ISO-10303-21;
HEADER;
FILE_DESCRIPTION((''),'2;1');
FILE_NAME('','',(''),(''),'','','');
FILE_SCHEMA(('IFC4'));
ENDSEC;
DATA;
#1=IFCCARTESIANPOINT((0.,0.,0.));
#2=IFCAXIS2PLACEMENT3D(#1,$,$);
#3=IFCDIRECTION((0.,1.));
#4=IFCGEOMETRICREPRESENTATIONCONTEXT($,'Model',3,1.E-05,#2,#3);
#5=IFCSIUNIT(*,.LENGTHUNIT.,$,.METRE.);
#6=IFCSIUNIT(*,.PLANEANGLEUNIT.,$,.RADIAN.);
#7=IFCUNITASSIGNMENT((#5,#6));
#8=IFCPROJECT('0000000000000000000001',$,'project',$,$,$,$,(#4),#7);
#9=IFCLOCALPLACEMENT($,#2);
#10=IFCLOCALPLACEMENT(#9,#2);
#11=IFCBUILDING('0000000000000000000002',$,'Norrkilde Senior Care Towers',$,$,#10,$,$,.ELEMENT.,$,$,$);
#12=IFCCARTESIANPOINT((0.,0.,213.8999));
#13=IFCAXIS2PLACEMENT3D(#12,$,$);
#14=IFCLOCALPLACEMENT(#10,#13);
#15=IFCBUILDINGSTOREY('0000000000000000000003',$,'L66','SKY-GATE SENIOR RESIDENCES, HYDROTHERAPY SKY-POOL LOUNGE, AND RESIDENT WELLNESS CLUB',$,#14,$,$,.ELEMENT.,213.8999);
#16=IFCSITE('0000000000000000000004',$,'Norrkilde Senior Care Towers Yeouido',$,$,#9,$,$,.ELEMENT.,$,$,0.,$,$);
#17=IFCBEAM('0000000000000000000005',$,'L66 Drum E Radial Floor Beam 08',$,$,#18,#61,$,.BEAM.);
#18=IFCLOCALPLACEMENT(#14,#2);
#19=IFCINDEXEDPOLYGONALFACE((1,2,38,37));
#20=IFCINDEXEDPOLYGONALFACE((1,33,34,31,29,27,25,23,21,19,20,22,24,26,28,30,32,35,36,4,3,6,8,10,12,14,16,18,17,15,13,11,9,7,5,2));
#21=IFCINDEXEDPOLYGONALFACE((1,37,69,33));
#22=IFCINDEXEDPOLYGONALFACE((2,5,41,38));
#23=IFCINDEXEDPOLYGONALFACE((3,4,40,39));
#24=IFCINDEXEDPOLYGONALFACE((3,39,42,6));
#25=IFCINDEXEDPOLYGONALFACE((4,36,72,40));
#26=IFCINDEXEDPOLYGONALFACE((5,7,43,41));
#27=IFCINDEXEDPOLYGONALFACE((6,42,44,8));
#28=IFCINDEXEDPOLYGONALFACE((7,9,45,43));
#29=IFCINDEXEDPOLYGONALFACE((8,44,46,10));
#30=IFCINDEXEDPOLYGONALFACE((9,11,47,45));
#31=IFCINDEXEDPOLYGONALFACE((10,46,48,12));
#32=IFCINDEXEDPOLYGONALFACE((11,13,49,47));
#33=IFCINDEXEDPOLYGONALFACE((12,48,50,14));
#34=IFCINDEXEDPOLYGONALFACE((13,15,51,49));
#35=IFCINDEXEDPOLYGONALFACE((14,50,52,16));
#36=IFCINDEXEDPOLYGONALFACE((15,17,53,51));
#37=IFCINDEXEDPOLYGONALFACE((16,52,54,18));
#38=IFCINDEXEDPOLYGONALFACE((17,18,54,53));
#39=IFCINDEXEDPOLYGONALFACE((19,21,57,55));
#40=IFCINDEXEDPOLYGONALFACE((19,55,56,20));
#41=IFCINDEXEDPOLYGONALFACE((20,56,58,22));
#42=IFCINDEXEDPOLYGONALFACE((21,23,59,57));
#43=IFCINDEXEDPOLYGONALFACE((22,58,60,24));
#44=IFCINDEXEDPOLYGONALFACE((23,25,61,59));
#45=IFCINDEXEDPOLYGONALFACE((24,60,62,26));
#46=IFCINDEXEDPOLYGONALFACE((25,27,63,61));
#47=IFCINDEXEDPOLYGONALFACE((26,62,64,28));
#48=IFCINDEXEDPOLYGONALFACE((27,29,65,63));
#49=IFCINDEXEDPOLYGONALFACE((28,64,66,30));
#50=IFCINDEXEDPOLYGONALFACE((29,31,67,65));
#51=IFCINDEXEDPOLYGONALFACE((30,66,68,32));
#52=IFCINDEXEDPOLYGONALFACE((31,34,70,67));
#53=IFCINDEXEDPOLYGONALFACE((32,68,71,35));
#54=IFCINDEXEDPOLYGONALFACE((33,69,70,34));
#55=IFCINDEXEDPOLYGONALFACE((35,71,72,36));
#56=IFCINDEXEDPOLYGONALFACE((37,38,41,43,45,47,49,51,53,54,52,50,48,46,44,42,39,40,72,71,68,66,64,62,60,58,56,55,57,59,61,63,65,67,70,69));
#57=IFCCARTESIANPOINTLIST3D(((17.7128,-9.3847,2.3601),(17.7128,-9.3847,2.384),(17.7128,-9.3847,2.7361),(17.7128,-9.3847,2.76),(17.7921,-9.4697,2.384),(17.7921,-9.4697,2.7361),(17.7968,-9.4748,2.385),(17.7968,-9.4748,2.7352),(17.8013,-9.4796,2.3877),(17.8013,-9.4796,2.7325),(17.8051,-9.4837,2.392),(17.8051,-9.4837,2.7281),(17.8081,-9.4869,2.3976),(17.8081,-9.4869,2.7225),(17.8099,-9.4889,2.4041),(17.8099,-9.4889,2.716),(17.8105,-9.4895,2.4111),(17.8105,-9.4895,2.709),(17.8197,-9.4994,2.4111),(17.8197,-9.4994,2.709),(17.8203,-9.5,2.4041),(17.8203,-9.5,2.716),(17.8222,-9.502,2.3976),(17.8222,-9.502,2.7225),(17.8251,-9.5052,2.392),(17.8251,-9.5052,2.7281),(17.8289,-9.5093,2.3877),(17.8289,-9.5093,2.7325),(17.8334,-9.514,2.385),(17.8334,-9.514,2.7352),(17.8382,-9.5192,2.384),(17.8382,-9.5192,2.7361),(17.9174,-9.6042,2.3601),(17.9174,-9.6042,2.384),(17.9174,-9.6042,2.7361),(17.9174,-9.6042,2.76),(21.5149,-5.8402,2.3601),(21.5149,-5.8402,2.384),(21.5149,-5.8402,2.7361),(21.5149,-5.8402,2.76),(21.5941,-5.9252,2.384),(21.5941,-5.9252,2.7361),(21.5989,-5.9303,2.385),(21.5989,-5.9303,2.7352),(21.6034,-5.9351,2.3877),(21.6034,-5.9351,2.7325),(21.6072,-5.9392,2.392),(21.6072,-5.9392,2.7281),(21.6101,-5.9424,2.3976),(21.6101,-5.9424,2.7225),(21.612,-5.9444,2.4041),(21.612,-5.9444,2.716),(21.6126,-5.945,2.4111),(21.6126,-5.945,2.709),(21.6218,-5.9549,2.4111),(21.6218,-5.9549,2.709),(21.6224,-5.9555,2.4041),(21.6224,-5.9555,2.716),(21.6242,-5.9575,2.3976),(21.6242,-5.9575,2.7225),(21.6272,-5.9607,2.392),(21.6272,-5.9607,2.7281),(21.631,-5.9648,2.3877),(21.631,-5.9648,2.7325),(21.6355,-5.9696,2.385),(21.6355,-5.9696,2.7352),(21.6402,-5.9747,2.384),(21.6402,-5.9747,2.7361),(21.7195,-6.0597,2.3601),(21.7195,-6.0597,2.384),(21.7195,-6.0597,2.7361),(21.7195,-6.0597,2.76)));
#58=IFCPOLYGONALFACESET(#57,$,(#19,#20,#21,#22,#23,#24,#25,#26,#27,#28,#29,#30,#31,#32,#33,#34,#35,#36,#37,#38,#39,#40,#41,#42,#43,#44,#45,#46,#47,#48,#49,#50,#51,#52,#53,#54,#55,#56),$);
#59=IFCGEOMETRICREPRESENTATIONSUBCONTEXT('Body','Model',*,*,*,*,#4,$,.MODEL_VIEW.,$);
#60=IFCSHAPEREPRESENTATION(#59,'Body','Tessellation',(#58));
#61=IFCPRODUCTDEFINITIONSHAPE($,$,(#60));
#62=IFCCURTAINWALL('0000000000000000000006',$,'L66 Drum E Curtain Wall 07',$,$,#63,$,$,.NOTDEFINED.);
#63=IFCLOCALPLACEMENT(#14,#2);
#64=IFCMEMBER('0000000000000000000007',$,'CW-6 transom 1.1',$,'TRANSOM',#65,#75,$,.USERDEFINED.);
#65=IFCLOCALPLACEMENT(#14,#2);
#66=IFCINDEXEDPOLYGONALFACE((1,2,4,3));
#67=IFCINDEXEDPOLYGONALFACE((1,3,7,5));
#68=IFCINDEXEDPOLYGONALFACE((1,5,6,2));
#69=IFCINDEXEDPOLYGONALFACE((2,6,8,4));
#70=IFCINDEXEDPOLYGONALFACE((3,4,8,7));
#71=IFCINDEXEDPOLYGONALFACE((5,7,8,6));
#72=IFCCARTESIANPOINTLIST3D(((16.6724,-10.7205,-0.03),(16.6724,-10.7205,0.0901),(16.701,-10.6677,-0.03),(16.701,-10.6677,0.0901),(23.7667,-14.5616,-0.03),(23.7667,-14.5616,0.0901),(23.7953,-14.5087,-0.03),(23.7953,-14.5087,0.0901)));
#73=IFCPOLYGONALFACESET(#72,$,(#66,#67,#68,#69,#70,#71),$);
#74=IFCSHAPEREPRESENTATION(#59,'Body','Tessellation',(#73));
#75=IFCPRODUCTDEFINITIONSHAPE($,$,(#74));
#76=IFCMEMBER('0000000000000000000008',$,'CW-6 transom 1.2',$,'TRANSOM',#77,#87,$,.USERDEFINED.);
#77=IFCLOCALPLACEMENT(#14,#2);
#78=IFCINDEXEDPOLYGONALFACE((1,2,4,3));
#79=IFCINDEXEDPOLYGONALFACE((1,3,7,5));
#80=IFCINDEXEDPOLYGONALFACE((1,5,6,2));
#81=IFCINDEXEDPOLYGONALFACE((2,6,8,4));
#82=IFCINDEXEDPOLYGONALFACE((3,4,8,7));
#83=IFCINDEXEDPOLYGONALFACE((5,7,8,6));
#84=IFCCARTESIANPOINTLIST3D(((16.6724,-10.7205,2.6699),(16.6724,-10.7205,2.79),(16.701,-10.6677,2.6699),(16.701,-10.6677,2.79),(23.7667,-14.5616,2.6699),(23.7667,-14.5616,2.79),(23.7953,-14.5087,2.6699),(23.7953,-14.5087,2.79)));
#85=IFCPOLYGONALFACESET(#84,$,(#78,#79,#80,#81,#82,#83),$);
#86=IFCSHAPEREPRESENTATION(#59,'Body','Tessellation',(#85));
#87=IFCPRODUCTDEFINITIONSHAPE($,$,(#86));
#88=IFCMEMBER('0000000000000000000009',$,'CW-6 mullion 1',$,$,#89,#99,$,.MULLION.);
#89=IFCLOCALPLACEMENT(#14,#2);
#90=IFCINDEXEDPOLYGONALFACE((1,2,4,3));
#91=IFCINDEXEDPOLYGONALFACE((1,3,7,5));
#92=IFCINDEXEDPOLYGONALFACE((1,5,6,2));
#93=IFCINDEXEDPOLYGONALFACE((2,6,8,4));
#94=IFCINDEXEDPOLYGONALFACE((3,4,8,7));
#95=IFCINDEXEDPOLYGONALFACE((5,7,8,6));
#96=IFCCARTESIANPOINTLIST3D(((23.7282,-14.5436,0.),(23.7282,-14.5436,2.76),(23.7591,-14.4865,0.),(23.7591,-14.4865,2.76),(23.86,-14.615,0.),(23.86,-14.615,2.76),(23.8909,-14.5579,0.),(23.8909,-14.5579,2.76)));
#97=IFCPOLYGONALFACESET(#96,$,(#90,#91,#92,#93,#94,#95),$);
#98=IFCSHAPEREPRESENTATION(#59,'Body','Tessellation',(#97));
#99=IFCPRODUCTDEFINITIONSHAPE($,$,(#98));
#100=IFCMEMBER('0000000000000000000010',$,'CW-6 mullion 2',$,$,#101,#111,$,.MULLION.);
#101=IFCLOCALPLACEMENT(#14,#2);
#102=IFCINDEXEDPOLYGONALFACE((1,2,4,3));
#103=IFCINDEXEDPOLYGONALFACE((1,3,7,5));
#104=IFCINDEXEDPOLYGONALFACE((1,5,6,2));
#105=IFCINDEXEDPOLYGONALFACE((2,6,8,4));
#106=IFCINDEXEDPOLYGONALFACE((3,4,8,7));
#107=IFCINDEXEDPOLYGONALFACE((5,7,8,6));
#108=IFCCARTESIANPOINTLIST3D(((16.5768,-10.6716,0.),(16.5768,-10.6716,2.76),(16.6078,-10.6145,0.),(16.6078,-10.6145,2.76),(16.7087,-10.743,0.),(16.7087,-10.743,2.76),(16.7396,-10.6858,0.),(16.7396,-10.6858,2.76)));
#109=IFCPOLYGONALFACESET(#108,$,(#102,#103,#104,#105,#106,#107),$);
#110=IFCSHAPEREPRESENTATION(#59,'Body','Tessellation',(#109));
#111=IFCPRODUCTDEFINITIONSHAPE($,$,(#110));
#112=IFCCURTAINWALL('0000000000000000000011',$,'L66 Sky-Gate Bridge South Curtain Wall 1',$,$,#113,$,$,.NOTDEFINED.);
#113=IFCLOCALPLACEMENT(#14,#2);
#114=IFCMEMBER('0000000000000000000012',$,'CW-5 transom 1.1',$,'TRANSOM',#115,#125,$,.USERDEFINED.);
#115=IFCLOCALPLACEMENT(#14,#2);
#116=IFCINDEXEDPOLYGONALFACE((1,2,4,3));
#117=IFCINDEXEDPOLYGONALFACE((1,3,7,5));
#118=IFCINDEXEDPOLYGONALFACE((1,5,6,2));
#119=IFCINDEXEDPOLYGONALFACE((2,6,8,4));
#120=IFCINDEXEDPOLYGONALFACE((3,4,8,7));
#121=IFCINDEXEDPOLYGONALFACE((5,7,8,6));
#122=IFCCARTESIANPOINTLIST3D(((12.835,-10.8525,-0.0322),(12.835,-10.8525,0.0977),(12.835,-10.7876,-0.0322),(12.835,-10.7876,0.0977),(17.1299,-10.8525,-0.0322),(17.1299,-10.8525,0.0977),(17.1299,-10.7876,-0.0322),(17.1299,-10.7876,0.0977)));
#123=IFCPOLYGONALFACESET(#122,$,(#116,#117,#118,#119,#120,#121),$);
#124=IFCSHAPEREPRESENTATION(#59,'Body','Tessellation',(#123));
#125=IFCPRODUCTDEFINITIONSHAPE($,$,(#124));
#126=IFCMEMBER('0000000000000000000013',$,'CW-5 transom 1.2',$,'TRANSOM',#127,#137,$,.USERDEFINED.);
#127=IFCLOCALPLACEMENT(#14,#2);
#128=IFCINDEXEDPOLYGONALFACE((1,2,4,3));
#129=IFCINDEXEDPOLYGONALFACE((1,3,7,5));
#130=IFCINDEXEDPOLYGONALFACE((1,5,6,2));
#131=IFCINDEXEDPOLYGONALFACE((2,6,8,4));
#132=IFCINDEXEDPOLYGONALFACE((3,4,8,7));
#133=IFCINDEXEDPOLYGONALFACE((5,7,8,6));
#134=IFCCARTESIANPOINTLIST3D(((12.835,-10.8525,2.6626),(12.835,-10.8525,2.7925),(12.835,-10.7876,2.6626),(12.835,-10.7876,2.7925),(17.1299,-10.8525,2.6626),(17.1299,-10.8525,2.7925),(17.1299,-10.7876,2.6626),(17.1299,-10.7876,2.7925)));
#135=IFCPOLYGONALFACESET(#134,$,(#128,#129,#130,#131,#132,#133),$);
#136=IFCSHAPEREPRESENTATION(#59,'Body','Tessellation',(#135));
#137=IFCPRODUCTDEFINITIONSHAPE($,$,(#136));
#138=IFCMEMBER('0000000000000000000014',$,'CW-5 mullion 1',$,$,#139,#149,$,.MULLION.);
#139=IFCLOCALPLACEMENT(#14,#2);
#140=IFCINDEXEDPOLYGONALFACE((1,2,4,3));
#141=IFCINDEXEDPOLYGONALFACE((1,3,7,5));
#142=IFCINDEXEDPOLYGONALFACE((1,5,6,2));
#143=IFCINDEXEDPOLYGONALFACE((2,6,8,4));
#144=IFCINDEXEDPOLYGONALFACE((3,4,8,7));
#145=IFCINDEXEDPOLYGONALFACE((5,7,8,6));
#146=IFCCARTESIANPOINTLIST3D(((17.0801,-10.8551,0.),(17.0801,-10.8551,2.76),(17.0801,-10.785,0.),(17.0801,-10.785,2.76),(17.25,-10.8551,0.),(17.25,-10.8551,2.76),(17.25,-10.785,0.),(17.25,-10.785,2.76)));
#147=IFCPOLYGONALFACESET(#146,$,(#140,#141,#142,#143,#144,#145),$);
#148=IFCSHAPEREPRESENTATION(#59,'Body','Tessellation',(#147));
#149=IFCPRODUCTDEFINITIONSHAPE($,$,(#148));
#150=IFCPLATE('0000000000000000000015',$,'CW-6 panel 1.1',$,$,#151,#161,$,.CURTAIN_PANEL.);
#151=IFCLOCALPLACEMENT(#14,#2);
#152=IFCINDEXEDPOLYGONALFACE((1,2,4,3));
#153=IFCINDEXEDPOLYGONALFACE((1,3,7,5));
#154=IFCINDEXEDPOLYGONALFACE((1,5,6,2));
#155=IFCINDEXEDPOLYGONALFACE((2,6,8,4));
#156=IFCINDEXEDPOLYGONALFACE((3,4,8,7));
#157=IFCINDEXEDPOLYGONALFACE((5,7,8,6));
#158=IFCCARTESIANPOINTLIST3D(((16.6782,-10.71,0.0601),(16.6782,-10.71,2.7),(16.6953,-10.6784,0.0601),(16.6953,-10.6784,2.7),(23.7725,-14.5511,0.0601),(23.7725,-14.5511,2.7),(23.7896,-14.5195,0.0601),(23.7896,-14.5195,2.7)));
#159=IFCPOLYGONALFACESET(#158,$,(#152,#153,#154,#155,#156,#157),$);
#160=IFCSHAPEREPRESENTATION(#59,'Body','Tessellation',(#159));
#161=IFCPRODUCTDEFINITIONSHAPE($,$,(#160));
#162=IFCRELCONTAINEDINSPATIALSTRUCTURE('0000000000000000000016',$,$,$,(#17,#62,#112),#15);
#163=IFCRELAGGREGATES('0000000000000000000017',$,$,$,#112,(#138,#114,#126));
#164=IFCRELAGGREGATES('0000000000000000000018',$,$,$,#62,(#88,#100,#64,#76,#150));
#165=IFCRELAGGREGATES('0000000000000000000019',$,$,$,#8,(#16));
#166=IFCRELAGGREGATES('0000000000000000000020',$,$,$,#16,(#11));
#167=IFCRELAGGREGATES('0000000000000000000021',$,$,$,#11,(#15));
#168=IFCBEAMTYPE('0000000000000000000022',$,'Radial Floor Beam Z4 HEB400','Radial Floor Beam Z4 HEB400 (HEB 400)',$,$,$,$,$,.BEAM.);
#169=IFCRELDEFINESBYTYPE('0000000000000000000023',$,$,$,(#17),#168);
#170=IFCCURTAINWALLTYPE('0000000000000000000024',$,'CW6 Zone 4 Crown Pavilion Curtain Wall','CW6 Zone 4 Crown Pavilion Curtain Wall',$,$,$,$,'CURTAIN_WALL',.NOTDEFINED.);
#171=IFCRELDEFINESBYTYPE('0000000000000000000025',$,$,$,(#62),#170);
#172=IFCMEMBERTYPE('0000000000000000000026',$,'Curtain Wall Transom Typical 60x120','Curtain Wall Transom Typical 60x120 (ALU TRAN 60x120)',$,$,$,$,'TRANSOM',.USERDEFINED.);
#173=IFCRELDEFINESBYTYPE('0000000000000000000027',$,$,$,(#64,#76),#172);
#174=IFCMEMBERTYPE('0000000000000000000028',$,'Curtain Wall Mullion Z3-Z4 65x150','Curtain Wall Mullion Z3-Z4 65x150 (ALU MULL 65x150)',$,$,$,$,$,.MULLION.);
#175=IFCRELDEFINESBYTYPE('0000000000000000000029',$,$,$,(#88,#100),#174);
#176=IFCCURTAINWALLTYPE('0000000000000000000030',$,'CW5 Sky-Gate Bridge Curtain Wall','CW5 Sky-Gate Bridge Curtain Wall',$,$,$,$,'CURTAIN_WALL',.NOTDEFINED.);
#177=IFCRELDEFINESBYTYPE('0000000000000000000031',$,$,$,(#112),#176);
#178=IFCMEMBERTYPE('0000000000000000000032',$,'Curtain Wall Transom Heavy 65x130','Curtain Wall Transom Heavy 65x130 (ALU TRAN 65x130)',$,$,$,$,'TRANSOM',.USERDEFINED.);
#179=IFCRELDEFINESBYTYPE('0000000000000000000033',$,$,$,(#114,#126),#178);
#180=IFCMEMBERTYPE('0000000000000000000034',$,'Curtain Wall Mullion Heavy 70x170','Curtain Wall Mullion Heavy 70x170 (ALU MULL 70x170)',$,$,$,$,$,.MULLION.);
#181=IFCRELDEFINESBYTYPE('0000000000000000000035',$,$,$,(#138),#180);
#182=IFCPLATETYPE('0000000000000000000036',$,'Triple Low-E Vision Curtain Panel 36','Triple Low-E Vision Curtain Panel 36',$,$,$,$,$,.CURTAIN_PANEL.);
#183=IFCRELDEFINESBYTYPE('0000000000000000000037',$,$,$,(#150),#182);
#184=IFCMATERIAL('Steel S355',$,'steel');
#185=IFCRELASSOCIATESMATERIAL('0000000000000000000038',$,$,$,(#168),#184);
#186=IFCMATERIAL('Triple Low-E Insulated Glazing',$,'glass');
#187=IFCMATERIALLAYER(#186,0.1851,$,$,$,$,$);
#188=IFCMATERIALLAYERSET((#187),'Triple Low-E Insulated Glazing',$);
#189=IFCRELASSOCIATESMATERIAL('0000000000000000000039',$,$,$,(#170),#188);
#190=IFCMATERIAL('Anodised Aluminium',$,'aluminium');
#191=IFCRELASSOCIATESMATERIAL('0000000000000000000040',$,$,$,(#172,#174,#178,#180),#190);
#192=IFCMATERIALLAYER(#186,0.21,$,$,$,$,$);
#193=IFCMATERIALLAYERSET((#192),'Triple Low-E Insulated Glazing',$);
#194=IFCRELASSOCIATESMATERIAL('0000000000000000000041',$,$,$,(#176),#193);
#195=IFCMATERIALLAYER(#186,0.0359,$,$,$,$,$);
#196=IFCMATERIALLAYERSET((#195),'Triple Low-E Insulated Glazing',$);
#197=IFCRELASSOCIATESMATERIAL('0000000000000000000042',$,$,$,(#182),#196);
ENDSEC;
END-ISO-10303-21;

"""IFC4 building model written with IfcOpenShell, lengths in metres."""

from ifc_helpers import new_model, si_unit, direction, frame, origin, origin_2d, place, context, subcontext, project, spatial, rectangle, i_section, extrude, source, transform, mapped, material, layer, layer_set, material_profile, profile_set, type_object, type_shapes, element, aggregate, save


model = new_model("IFC4")

# Units and contexts
model_context = context("Model", 3, precision=1e-05, world=origin(), true_north=direction((0.0, 1.0)))
body_context = subcontext(model_context, "Body", "Model", "MODEL_VIEW")
ifc_project = project(units=[si_unit("LENGTHUNIT", "METRE"), si_unit("PLANEANGLEUNIT", "RADIAN")], contexts=[model_context])

# Site, building, storey
site_placement = place(None, origin())
site = spatial("IfcSite", under=ifc_project, at=site_placement, Name="Norrkilde Senior Care Towers Yeouido", CompositionType="ELEMENT", RefElevation=0.0)
building_placement = place(site_placement, origin())
building = spatial("IfcBuilding", under=site, at=building_placement, Name="Norrkilde Senior Care Towers", CompositionType="ELEMENT")
storey_placement = place(building_placement, frame((0.0, 0.0, 213.8999)))
storey = spatial("IfcBuildingStorey", under=building, at=storey_placement, Name="L66", Description="SKY-GATE SENIOR RESIDENCES, HYDROTHERAPY SKY-POOL LOUNGE, AND RESIDENT WELLNESS CLUB", CompositionType="ELEMENT", Elevation=213.8999)

# Beam
ifc_material_1 = material(Name="Steel S355", Category="steel")
ifc_material_profile_1 = material_profile(ifc_material_1, i_section(OverallWidth=0.3, OverallDepth=0.3999, WebThickness=0.0134, FlangeThickness=0.0239, FilletRadius=0.0271, at=origin_2d()), Name="HEB 400")
ifc_profile_set_1 = profile_set([ifc_material_profile_1], Name="Steel S355")
beam_type_1 = type_object("IfcBeamType", Name="Radial Floor Beam Z4 HEB400", Description="Radial Floor Beam Z4 HEB400 (HEB 400)", PredefinedType="BEAM", material=ifc_profile_set_1)
shared_shape_1 = source(origin(), body_context, "Body", "SweptSolid", [
    extrude(i_section(OverallWidth=0.3, OverallDepth=0.3999, WebThickness=0.0134, FlangeThickness=0.0239, FilletRadius=0.0271, at=origin_2d()), origin(), (0.0, 0.0, 1.0), 5.198),
])
type_shapes(beam_type_1, [shared_shape_1])
beam_1_placement = place(storey_placement, frame((21.6172, -5.95, 2.5601), z_axis=(-0.731449, -0.681896, 0.0), x_axis=(0.681896, -0.731449, 0.0)))
element("IfcBeam", 1, at=beam_1_placement, inside=storey, type_object=beam_type_1, Name="L66 Drum E Radial Floor Beam 08", PredefinedType="BEAM", context=body_context, shape_type="MappedRepresentation", body=[
    mapped(shared_shape_1, transform((0.0, 0.0, 0.0), x_axis=(1.0, 0.0, 0.0), y_axis=(0.0, 1.0, 0.0), z_axis=(0.0, 0.0, 1.0), scale=1.0)),
])

# Curtain walls, members
ifc_material_2 = material(Name="Triple Low-E Insulated Glazing", Category="glass")
ifc_layer_1 = layer(ifc_material_2, 0.1851)
ifc_layer_set_1 = layer_set([ifc_layer_1], Name="Triple Low-E Insulated Glazing")
curtain_wall_type_1 = type_object("IfcCurtainWallType", Name="CW6 Zone 4 Crown Pavilion Curtain Wall", Description="CW6 Zone 4 Crown Pavilion Curtain Wall", ElementType="CURTAIN_WALL", PredefinedType="NOTDEFINED", material=ifc_layer_set_1)
curtain_wall_1_placement = place(storey_placement, origin())
curtain_wall_1 = element("IfcCurtainWall", 2, at=curtain_wall_1_placement, inside=storey, type_object=curtain_wall_type_1, Name="L66 Drum E Curtain Wall 07", PredefinedType="NOTDEFINED")
ifc_material_3 = material(Name="Anodised Aluminium", Category="aluminium")
ifc_material_profile_2 = material_profile(ifc_material_3, rectangle(XDim=0.0601, YDim=0.1201, at=origin_2d()), Name="ALU TRAN 60x120")
ifc_profile_set_2 = profile_set([ifc_material_profile_2], Name="Anodised Aluminium")
member_type_1 = type_object("IfcMemberType", Name="Curtain Wall Transom Typical 60x120", Description="Curtain Wall Transom Typical 60x120 (ALU TRAN 60x120)", ElementType="TRANSOM", PredefinedType="USERDEFINED", material=ifc_profile_set_2)
shared_shape_2 = source(origin(), body_context, "Body", "SweptSolid", [
    extrude(rectangle(XDim=0.0601, YDim=0.1201, at=origin_2d()), origin(), (0.0, 0.0, 1.0), 8.0674),
])
type_shapes(member_type_1, [shared_shape_2])
member_1_placement = place(storey_placement, frame((23.781, -14.5352, 0.03), z_axis=(-0.879378, 0.476125, 0.0), x_axis=(-0.476125, -0.879378, 0.0)))
member_1 = element("IfcMember", 3, at=member_1_placement, type_object=member_type_1, Name="CW-6 transom 1.1", ObjectType="TRANSOM", PredefinedType="USERDEFINED", context=body_context, shape_type="MappedRepresentation", body=[
    mapped(shared_shape_2, transform((0.0, 0.0, 0.0), x_axis=(1.0, 0.0, 0.0), y_axis=(0.0, 1.0, 0.0), z_axis=(0.0, 0.0, 1.0), scale=1.0)),
])
member_2_placement = place(storey_placement, frame((23.781, -14.5352, 2.73), z_axis=(-0.879378, 0.476125, 0.0), x_axis=(-0.476125, -0.879378, 0.0)))
member_2 = element("IfcMember", 4, at=member_2_placement, type_object=member_type_1, Name="CW-6 transom 1.2", ObjectType="TRANSOM", PredefinedType="USERDEFINED", context=body_context, shape_type="MappedRepresentation", body=[
    mapped(shared_shape_2, transform((0.0, 0.0, 0.0), x_axis=(1.0, 0.0, 0.0), y_axis=(0.0, 1.0, 0.0), z_axis=(0.0, 0.0, 1.0), scale=1.0)),
])
ifc_material_profile_3 = material_profile(ifc_material_3, rectangle(XDim=0.0649, YDim=0.1499, at=origin_2d()), Name="ALU MULL 65x150")
ifc_profile_set_3 = profile_set([ifc_material_profile_3], Name="Anodised Aluminium")
member_type_2 = type_object("IfcMemberType", Name="Curtain Wall Mullion Z3-Z4 65x150", Description="Curtain Wall Mullion Z3-Z4 65x150 (ALU MULL 65x150)", PredefinedType="MULLION", material=ifc_profile_set_3)
shared_shape_3 = source(origin(), body_context, "Body", "SweptSolid", [
    extrude(rectangle(XDim=0.0649, YDim=0.1499, at=origin_2d()), origin(), (0.0, 0.0, 1.0), 2.76),
])
type_shapes(member_type_2, [shared_shape_3])
member_3_placement = place(storey_placement, frame((23.8096, -14.5508, 0.0), z_axis=(0.0, 0.0, 1.0), x_axis=(-0.476133, -0.879373, 0.0)))
member_3 = element("IfcMember", 5, at=member_3_placement, type_object=member_type_2, Name="CW-6 mullion 1", PredefinedType="MULLION", context=body_context, shape_type="MappedRepresentation", body=[
    mapped(shared_shape_3, transform((0.0, 0.0, 0.0), x_axis=(1.0, 0.0, 0.0), y_axis=(0.0, 1.0, 0.0), z_axis=(0.0, 0.0, 1.0), scale=1.0)),
])
member_4_placement = place(storey_placement, frame((16.6582, -10.6787, 0.0), z_axis=(0.0, 0.0, 1.0), x_axis=(-0.476133, -0.879373, 0.0)))
member_4 = element("IfcMember", 6, at=member_4_placement, type_object=member_type_2, Name="CW-6 mullion 2", PredefinedType="MULLION", context=body_context, shape_type="MappedRepresentation", body=[
    mapped(shared_shape_3, transform((0.0, 0.0, 0.0), x_axis=(1.0, 0.0, 0.0), y_axis=(0.0, 1.0, 0.0), z_axis=(0.0, 0.0, 1.0), scale=1.0)),
])
ifc_layer_2 = layer(ifc_material_2, 0.21)
ifc_layer_set_2 = layer_set([ifc_layer_2], Name="Triple Low-E Insulated Glazing")
curtain_wall_type_2 = type_object("IfcCurtainWallType", Name="CW5 Sky-Gate Bridge Curtain Wall", Description="CW5 Sky-Gate Bridge Curtain Wall", ElementType="CURTAIN_WALL", PredefinedType="NOTDEFINED", material=ifc_layer_set_2)
curtain_wall_2_placement = place(storey_placement, origin())
curtain_wall_2 = element("IfcCurtainWall", 7, at=curtain_wall_2_placement, inside=storey, type_object=curtain_wall_type_2, Name="L66 Sky-Gate Bridge South Curtain Wall 1", PredefinedType="NOTDEFINED")
ifc_material_profile_4 = material_profile(ifc_material_3, rectangle(XDim=0.0649, YDim=0.1299, at=origin_2d()), Name="ALU TRAN 65x130")
ifc_profile_set_4 = profile_set([ifc_material_profile_4], Name="Anodised Aluminium")
member_type_3 = type_object("IfcMemberType", Name="Curtain Wall Transom Heavy 65x130", Description="Curtain Wall Transom Heavy 65x130 (ALU TRAN 65x130)", ElementType="TRANSOM", PredefinedType="USERDEFINED", material=ifc_profile_set_4)
shared_shape_4 = source(origin(), body_context, "Body", "SweptSolid", [
    extrude(rectangle(XDim=0.0649, YDim=0.1299, at=origin_2d()), origin(), (0.0, 0.0, 1.0), 4.2949),
])
type_shapes(member_type_3, [shared_shape_4])
member_5_placement = place(storey_placement, frame((17.1299, -10.8201, 0.0327), z_axis=(-1.0, 0.0, 0.0), x_axis=(0.0, -1.0, 0.0)))
member_5 = element("IfcMember", 8, at=member_5_placement, type_object=member_type_3, Name="CW-5 transom 1.1", ObjectType="TRANSOM", PredefinedType="USERDEFINED", context=body_context, shape_type="MappedRepresentation", body=[
    mapped(shared_shape_4, transform((0.0, 0.0, 0.0), x_axis=(1.0, 0.0, 0.0), y_axis=(0.0, 1.0, 0.0), z_axis=(0.0, 0.0, 1.0), scale=1.0)),
])
member_6_placement = place(storey_placement, frame((17.1299, -10.8201, 2.7275), z_axis=(-1.0, 0.0, 0.0), x_axis=(0.0, -1.0, 0.0)))
member_6 = element("IfcMember", 9, at=member_6_placement, type_object=member_type_3, Name="CW-5 transom 1.2", ObjectType="TRANSOM", PredefinedType="USERDEFINED", context=body_context, shape_type="MappedRepresentation", body=[
    mapped(shared_shape_4, transform((0.0, 0.0, 0.0), x_axis=(1.0, 0.0, 0.0), y_axis=(0.0, 1.0, 0.0), z_axis=(0.0, 0.0, 1.0), scale=1.0)),
])
ifc_material_profile_5 = material_profile(ifc_material_3, rectangle(XDim=0.0701, YDim=0.1699, at=origin_2d()), Name="ALU MULL 70x170")
ifc_profile_set_5 = profile_set([ifc_material_profile_5], Name="Anodised Aluminium")
member_type_4 = type_object("IfcMemberType", Name="Curtain Wall Mullion Heavy 70x170", Description="Curtain Wall Mullion Heavy 70x170 (ALU MULL 70x170)", PredefinedType="MULLION", material=ifc_profile_set_5)
shared_shape_5 = source(origin(), body_context, "Body", "SweptSolid", [
    extrude(rectangle(XDim=0.0701, YDim=0.1699, at=origin_2d()), origin(), (0.0, 0.0, 1.0), 2.76),
])
type_shapes(member_type_4, [shared_shape_5])
member_7_placement = place(storey_placement, frame((17.165, -10.8201, 0.0), z_axis=(0.0, 0.0, 1.0), x_axis=(0.0, -1.0, 0.0)))
member_7 = element("IfcMember", 10, at=member_7_placement, type_object=member_type_4, Name="CW-5 mullion 1", PredefinedType="MULLION", context=body_context, shape_type="MappedRepresentation", body=[
    mapped(shared_shape_5, transform((0.0, 0.0, 0.0), x_axis=(1.0, 0.0, 0.0), y_axis=(0.0, 1.0, 0.0), z_axis=(0.0, 0.0, 1.0), scale=1.0)),
])
aggregate(curtain_wall_2, [member_7, member_5, member_6])

# Plate
ifc_layer_3 = layer(ifc_material_2, 0.0359)
ifc_layer_set_3 = layer_set([ifc_layer_3], Name="Triple Low-E Insulated Glazing")
plate_type = type_object("IfcPlateType", Name="Triple Low-E Vision Curtain Panel 36", Description="Triple Low-E Vision Curtain Panel 36", PredefinedType="CURTAIN_PANEL", material=ifc_layer_set_3)
shared_shape_6 = source(origin(), body_context, "Body", "SweptSolid", [
    extrude(rectangle(XDim=8.0674, YDim=0.0359, at=origin_2d()), origin(), (0.0, 0.0, 1.0), 2.6399),
])
type_shapes(plate_type, [shared_shape_6])
plate_placement = place(storey_placement, frame((20.2339, -12.6147, 0.0601), z_axis=(0.0, 0.0, 1.0), x_axis=(-0.879373, 0.476133, 0.0)))
plate = element("IfcPlate", 11, at=plate_placement, type_object=plate_type, Name="CW-6 panel 1.1", PredefinedType="CURTAIN_PANEL", context=body_context, shape_type="MappedRepresentation", body=[
    mapped(shared_shape_6, transform((0.0, 0.0, 0.0), x_axis=(1.0, 0.0, 0.0), y_axis=(0.0, 1.0, 0.0), z_axis=(0.0, 0.0, 1.0), scale=1.0)),
])
aggregate(curtain_wall_1, [member_3, member_4, member_1, member_2, plate])

save(model, "model.ifc")
